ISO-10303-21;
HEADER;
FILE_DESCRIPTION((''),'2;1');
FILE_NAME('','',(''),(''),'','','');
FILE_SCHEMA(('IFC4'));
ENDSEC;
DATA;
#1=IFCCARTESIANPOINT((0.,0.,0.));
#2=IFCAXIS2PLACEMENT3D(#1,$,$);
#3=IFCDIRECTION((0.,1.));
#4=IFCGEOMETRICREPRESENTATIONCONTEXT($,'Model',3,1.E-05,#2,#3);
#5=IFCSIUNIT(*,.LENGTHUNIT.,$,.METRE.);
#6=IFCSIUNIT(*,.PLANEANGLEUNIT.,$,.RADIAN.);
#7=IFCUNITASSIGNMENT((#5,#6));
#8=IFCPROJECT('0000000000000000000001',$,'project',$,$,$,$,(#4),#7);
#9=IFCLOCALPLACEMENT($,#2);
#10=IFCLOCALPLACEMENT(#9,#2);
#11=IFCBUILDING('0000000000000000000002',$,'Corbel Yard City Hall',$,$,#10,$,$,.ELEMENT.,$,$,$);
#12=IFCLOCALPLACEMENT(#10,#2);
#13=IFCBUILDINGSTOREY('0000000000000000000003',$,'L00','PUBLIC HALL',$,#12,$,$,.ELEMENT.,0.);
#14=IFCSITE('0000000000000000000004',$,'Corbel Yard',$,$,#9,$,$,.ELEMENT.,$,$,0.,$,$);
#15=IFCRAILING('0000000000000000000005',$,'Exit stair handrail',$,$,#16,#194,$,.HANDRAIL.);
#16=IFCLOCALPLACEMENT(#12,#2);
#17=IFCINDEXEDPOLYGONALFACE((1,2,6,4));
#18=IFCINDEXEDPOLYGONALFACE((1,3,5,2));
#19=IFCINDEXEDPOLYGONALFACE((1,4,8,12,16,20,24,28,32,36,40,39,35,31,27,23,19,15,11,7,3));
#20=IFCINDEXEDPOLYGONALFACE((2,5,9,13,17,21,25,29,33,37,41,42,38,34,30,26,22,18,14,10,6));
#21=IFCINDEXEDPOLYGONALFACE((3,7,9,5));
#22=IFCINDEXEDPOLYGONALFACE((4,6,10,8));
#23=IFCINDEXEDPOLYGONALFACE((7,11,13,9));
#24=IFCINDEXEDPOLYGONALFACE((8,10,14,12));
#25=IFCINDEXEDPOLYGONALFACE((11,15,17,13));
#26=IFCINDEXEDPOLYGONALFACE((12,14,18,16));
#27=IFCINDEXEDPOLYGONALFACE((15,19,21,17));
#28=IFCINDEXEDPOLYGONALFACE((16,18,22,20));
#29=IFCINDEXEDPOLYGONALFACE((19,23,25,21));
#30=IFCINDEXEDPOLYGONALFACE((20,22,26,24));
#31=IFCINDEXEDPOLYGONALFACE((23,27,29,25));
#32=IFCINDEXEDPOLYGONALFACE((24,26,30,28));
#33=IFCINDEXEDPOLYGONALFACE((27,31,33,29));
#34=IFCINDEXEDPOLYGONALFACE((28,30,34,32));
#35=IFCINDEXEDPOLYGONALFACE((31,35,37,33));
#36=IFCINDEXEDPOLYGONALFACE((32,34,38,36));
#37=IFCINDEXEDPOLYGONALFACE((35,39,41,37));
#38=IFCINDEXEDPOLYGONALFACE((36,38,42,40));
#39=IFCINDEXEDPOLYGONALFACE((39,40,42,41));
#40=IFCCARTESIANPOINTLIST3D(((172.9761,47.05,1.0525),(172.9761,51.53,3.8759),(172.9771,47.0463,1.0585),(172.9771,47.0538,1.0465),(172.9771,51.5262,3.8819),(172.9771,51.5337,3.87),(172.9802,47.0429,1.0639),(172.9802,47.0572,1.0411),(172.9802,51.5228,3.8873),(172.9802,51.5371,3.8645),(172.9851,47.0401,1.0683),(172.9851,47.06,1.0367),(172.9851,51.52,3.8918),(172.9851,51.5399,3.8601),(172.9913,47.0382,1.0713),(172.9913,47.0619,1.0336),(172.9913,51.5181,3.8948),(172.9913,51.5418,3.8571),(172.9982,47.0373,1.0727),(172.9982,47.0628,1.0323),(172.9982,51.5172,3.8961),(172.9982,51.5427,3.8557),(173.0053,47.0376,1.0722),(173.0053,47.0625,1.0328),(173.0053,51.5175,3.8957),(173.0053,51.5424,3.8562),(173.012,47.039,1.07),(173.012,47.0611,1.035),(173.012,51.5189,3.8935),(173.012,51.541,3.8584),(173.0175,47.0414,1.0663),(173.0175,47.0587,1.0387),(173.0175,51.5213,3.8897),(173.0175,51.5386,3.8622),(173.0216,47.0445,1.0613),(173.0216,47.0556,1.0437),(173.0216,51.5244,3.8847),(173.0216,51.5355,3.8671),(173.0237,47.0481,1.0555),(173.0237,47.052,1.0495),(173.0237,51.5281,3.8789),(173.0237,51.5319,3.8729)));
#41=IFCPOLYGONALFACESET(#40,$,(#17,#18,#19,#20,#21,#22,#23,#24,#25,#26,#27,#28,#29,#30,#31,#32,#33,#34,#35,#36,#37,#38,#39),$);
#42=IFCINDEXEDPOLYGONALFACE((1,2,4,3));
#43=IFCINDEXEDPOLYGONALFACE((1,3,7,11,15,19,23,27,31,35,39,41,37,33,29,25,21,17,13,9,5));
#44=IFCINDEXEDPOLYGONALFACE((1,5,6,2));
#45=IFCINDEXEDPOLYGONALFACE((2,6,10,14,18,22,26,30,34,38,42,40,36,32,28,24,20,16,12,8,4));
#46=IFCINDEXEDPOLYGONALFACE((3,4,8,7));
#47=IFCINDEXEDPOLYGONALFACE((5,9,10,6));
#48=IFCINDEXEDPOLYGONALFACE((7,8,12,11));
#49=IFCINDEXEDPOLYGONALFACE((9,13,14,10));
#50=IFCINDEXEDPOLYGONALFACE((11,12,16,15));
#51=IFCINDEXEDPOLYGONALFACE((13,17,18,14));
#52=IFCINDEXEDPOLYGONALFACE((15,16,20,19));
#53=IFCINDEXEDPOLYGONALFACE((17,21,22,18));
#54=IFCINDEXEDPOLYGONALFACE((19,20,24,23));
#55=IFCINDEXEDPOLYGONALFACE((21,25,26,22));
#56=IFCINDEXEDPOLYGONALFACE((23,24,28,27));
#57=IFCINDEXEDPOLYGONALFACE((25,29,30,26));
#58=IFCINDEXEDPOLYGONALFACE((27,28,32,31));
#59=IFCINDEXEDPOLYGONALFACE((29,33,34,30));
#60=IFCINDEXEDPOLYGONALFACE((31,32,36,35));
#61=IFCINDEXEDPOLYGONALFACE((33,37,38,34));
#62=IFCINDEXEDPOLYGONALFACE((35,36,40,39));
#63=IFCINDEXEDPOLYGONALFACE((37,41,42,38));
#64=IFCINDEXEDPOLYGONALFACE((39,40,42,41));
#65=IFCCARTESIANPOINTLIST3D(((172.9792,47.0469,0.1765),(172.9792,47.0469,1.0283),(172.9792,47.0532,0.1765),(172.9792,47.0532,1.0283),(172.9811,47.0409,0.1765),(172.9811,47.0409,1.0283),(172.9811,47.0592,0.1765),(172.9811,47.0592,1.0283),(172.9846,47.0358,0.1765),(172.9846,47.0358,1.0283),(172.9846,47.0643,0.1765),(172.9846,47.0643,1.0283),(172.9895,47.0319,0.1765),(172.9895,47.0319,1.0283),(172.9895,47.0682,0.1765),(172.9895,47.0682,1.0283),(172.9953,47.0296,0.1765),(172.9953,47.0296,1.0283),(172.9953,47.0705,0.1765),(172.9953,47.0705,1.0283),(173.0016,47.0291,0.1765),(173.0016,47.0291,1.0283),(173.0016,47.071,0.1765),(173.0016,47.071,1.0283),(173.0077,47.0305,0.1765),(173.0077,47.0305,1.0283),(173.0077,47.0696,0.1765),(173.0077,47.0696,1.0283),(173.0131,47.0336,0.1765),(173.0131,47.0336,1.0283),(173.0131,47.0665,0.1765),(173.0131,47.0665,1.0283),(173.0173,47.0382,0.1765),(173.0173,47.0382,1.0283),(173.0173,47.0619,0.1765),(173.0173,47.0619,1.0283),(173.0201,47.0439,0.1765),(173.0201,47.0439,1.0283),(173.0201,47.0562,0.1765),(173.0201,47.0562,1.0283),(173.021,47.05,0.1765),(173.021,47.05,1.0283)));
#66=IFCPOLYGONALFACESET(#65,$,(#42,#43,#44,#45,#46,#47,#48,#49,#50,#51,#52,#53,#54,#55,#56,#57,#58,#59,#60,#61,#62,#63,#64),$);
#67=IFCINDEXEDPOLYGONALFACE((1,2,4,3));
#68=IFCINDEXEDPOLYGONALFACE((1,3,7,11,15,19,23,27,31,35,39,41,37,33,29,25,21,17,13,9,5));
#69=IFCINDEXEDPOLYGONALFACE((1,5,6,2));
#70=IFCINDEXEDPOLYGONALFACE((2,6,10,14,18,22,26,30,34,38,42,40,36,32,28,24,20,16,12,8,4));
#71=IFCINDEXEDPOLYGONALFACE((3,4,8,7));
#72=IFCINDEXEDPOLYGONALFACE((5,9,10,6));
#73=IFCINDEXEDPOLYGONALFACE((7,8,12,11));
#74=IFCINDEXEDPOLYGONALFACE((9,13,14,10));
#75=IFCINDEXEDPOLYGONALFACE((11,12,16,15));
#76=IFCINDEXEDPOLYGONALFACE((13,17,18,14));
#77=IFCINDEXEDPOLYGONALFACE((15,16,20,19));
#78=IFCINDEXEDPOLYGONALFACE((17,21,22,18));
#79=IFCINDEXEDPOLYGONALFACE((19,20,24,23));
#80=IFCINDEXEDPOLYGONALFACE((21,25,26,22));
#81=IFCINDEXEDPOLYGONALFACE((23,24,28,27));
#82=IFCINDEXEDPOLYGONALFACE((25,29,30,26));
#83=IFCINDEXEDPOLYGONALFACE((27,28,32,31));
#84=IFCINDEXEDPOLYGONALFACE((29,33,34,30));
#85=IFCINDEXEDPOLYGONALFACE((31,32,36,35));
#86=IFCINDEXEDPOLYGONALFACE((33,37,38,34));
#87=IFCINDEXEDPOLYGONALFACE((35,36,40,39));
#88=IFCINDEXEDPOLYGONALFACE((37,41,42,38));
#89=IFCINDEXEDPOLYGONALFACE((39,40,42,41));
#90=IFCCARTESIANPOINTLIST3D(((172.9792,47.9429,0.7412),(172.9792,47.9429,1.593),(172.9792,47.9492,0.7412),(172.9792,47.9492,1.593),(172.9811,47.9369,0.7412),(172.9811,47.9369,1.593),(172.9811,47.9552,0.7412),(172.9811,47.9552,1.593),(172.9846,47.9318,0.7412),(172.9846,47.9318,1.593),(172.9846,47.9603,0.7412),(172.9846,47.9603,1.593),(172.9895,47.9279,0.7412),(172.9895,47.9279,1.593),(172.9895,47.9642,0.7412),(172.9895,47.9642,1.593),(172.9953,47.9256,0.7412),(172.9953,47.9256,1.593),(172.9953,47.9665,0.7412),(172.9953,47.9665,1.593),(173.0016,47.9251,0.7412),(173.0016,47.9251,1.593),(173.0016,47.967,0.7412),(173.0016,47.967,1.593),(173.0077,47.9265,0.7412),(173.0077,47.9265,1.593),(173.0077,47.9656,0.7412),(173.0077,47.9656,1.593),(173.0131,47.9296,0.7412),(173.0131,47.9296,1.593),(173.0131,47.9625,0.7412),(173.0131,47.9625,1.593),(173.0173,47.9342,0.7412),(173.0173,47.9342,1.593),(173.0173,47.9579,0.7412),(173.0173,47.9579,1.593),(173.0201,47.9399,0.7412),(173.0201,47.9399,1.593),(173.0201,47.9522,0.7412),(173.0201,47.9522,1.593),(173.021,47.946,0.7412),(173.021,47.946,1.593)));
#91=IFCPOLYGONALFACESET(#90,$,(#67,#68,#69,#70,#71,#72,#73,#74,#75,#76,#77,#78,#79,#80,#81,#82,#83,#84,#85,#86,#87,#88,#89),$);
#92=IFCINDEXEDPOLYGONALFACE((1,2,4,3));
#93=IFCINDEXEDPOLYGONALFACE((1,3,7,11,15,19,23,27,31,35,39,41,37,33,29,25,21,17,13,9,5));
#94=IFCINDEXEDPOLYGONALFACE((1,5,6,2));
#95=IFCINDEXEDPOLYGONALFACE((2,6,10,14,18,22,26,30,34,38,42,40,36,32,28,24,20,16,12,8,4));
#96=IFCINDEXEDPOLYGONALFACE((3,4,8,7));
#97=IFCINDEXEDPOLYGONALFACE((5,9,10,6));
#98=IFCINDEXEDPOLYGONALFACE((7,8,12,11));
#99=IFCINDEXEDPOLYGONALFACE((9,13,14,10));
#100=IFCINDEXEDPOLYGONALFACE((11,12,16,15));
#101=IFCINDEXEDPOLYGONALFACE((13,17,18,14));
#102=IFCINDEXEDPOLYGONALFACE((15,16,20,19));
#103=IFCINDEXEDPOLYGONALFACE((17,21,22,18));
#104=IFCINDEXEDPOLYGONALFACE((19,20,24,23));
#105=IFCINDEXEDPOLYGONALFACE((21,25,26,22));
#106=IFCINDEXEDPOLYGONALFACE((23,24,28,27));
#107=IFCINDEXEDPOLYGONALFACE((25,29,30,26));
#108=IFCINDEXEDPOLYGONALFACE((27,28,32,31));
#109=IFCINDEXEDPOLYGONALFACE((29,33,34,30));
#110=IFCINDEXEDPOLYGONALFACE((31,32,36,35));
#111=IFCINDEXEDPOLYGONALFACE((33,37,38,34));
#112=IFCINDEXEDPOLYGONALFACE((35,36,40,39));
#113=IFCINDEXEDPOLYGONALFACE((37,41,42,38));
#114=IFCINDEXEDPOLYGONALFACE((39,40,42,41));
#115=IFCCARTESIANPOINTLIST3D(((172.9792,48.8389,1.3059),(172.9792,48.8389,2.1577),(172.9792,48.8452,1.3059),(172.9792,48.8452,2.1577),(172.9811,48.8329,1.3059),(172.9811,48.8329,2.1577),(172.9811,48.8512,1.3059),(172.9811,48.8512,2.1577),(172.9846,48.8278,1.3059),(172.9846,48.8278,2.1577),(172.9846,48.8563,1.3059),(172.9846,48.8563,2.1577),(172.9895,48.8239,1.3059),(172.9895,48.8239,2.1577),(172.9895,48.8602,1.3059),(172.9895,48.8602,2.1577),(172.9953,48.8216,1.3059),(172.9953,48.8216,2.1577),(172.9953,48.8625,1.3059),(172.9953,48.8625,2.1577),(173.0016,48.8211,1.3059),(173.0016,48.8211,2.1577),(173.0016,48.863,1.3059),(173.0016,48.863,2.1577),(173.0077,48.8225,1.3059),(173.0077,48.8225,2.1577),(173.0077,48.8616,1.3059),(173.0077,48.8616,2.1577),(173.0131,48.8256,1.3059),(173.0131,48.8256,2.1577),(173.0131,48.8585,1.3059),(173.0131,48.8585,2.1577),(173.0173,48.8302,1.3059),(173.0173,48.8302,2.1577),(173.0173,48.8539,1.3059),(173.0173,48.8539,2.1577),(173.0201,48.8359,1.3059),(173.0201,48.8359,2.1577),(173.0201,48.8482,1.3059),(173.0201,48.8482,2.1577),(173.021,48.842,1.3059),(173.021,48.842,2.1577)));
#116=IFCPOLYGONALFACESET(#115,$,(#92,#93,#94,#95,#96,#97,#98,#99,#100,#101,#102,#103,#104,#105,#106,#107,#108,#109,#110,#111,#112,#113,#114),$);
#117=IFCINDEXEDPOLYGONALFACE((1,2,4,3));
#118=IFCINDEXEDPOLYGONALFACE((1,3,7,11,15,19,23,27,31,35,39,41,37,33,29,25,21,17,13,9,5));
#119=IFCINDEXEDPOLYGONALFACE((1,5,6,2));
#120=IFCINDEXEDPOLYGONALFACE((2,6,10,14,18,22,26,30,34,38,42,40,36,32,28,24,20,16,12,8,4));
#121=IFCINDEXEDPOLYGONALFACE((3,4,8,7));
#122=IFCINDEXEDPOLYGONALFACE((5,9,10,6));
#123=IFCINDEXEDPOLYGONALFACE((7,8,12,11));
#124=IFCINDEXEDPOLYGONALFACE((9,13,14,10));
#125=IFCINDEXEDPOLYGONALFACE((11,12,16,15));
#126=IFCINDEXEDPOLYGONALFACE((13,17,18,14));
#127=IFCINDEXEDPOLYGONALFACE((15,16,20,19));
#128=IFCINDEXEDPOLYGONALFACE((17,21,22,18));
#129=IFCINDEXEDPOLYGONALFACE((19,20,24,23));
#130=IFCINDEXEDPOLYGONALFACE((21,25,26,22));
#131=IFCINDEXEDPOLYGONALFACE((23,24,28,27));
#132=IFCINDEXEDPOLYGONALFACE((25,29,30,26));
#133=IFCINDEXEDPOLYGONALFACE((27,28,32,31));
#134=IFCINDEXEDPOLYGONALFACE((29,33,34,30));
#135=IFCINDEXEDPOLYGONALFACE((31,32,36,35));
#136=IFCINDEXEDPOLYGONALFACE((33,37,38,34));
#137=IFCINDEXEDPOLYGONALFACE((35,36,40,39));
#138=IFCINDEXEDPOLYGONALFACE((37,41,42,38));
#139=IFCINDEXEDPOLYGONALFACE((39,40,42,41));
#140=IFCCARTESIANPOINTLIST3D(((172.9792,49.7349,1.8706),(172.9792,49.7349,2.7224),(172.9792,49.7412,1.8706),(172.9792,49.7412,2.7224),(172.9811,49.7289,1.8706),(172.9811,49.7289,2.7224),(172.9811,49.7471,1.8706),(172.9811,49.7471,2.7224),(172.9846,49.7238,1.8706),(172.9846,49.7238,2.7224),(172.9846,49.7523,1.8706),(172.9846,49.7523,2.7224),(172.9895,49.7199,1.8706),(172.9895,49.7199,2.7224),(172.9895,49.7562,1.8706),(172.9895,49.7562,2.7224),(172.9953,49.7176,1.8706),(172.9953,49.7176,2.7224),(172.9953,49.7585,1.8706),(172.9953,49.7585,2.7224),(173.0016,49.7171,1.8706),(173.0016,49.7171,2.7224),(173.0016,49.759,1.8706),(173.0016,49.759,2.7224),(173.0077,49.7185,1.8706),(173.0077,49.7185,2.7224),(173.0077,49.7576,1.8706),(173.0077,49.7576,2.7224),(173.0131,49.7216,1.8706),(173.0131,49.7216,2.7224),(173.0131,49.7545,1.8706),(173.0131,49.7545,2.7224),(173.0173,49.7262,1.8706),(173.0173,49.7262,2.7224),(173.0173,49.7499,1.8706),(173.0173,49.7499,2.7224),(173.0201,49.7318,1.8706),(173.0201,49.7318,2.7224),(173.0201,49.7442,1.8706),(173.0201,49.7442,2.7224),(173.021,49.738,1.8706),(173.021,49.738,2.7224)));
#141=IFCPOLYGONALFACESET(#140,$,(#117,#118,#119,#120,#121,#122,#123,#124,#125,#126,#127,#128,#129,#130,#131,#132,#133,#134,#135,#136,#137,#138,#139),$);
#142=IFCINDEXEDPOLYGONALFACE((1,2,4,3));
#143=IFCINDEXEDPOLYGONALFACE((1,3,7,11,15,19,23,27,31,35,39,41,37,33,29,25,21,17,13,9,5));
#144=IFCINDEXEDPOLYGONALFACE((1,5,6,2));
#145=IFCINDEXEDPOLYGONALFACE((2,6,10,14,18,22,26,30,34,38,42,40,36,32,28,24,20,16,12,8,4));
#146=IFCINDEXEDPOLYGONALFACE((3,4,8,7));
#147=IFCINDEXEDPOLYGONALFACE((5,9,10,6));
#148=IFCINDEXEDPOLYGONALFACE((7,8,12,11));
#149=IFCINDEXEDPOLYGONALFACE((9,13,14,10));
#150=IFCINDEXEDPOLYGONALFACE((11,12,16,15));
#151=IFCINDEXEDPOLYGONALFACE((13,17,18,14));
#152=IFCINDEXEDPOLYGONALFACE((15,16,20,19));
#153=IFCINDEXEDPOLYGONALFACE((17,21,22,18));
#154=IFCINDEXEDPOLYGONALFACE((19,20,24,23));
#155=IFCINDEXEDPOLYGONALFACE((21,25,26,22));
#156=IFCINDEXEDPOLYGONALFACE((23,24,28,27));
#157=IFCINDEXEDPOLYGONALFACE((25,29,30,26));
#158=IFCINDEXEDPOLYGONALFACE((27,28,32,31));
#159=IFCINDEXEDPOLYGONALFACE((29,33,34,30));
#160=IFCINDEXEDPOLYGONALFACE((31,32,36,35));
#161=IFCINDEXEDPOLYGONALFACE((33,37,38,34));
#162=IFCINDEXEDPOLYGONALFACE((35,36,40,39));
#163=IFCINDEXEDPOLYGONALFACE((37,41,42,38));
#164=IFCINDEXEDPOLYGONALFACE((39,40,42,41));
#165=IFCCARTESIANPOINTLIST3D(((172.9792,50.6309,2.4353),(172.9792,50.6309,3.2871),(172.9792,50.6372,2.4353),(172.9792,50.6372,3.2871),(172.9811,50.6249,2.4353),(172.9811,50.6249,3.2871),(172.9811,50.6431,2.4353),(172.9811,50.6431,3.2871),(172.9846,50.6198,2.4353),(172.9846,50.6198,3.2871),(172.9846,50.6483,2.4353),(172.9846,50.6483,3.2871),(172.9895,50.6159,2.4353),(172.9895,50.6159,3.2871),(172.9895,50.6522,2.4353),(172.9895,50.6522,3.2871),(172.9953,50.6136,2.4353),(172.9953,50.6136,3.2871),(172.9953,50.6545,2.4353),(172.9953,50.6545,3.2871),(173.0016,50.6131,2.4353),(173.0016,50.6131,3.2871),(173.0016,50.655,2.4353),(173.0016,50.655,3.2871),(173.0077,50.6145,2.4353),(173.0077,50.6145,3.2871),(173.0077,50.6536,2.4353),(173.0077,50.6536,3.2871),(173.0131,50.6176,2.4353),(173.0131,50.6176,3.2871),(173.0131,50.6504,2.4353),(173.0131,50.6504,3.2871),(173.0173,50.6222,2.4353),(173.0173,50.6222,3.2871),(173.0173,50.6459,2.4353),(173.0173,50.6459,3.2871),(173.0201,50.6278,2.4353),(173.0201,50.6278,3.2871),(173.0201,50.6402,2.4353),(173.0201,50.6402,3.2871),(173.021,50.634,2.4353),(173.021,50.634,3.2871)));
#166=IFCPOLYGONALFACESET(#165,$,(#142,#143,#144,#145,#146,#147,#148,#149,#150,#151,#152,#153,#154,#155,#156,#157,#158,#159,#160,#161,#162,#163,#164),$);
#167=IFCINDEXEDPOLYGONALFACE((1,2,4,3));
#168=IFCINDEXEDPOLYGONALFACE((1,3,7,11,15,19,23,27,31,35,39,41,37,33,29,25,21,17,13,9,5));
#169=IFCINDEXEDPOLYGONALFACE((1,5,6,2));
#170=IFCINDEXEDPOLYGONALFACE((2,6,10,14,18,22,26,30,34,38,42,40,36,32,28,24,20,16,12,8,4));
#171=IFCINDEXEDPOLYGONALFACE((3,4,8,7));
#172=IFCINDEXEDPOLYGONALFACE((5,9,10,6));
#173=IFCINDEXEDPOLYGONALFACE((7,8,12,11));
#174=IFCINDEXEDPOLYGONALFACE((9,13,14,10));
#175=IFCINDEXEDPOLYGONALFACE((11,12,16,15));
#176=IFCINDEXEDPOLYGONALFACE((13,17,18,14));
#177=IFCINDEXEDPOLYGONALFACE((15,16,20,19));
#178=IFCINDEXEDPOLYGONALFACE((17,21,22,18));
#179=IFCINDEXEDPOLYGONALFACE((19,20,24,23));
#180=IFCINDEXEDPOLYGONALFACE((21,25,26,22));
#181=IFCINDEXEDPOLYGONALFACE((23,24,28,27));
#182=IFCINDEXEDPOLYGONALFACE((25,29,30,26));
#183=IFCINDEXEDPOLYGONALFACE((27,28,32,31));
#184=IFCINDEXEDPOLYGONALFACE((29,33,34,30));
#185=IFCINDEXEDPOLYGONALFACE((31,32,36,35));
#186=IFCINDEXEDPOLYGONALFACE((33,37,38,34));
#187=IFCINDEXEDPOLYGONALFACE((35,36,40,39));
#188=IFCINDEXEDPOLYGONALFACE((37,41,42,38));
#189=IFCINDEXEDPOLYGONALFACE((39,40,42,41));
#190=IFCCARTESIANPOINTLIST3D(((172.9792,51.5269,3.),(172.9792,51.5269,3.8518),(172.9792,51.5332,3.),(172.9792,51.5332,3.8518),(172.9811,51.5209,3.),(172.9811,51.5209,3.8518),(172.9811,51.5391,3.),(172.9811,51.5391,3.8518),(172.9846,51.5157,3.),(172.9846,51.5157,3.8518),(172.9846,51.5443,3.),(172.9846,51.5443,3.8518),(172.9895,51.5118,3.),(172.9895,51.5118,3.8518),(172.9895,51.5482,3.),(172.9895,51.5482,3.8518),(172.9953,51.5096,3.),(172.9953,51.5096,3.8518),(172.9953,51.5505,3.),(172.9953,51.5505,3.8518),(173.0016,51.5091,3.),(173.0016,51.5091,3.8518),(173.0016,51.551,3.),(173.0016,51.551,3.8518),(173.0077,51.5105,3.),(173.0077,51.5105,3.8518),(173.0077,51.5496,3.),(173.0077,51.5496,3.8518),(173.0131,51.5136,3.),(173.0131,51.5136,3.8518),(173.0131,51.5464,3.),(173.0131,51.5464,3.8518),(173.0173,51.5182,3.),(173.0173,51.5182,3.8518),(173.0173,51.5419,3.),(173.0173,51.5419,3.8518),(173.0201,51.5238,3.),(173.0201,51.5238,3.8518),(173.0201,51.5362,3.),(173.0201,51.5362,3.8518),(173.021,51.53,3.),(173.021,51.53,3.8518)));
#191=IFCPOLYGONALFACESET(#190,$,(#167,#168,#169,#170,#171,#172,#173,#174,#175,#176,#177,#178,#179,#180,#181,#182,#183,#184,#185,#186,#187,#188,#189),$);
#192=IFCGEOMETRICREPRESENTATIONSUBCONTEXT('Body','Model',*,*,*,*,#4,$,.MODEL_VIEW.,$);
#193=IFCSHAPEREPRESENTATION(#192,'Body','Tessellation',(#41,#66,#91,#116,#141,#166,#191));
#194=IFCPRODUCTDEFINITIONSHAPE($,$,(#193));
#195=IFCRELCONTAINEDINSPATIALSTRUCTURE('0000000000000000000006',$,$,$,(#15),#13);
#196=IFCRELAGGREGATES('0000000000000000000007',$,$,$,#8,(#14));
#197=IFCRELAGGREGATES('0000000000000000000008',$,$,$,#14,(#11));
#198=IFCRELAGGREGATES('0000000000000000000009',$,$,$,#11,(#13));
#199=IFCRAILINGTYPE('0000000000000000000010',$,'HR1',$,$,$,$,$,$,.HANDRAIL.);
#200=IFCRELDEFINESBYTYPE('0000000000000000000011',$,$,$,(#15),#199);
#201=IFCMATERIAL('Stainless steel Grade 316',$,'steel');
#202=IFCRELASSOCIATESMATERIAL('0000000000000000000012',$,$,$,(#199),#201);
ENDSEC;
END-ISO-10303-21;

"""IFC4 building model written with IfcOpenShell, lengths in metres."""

from ifc_helpers import new_model, si_unit, direction, frame, origin, origin_2d, place, context, subcontext, project, spatial, circle, extrude, material, type_object, element, save


model = new_model("IFC4")

# Units and contexts
model_context = context("Model", 3, precision=1e-05, world=origin(), true_north=direction((0.0, 1.0)))
body_context = subcontext(model_context, "Body", "Model", "MODEL_VIEW")
ifc_project = project(units=[si_unit("LENGTHUNIT", "METRE"), si_unit("PLANEANGLEUNIT", "RADIAN")], contexts=[model_context])

# Site, building, storey
site_placement = place(None, origin())
site = spatial("IfcSite", under=ifc_project, at=site_placement, Name="Corbel Yard", CompositionType="ELEMENT", RefElevation=0.0)
building_placement = place(site_placement, origin())
building = spatial("IfcBuilding", under=site, at=building_placement, Name="Corbel Yard City Hall", CompositionType="ELEMENT")
storey_placement = place(building_placement, origin())
storey = spatial("IfcBuildingStorey", under=building, at=storey_placement, Name="L00", Description="PUBLIC HALL", CompositionType="ELEMENT", Elevation=0.0)

# Shared definitions
ifc_material_1 = material(Name="Stainless steel Grade 316", Category="steel")

# Railing
railing_type = type_object("IfcRailingType", Name="HR1", PredefinedType="HANDRAIL", material=ifc_material_1)
railing_placement = place(storey_placement, frame((173.0, 47.05, 0.1765)))
element("IfcRailing", 1, at=railing_placement, inside=storey, type_object=railing_type, Name="Exit stair handrail", PredefinedType="HANDRAIL", context=body_context, shape_type="SweptSolid", body=[
    extrude(circle(Radius=0.0239, at=origin_2d()), frame((0.0, 0.0, 0.876), z_axis=(0.0, 0.845998, 0.533186), x_axis=(-1.0, 0.0, 0.0)), (0.0, 0.0, 1.0), 5.2954),
    extrude(circle(Radius=0.021, at=origin_2d()), origin(), (0.0, 0.0, 1.0), 0.8518),
    extrude(circle(Radius=0.021, at=origin_2d()), frame((0.0, 0.896, 0.5647)), (0.0, 0.0, 1.0), 0.8518),
    extrude(circle(Radius=0.021, at=origin_2d()), frame((0.0, 1.792, 1.1294)), (0.0, 0.0, 1.0), 0.8518),
    extrude(circle(Radius=0.021, at=origin_2d()), frame((0.0, 2.688, 1.6941)), (0.0, 0.0, 1.0), 0.8518),
    extrude(circle(Radius=0.021, at=origin_2d()), frame((0.0, 3.584, 2.2588)), (0.0, 0.0, 1.0), 0.8518),
    extrude(circle(Radius=0.021, at=origin_2d()), frame((0.0, 4.48, 2.8235)), (0.0, 0.0, 1.0), 0.8518),
])

save(model, "model.ifc")
